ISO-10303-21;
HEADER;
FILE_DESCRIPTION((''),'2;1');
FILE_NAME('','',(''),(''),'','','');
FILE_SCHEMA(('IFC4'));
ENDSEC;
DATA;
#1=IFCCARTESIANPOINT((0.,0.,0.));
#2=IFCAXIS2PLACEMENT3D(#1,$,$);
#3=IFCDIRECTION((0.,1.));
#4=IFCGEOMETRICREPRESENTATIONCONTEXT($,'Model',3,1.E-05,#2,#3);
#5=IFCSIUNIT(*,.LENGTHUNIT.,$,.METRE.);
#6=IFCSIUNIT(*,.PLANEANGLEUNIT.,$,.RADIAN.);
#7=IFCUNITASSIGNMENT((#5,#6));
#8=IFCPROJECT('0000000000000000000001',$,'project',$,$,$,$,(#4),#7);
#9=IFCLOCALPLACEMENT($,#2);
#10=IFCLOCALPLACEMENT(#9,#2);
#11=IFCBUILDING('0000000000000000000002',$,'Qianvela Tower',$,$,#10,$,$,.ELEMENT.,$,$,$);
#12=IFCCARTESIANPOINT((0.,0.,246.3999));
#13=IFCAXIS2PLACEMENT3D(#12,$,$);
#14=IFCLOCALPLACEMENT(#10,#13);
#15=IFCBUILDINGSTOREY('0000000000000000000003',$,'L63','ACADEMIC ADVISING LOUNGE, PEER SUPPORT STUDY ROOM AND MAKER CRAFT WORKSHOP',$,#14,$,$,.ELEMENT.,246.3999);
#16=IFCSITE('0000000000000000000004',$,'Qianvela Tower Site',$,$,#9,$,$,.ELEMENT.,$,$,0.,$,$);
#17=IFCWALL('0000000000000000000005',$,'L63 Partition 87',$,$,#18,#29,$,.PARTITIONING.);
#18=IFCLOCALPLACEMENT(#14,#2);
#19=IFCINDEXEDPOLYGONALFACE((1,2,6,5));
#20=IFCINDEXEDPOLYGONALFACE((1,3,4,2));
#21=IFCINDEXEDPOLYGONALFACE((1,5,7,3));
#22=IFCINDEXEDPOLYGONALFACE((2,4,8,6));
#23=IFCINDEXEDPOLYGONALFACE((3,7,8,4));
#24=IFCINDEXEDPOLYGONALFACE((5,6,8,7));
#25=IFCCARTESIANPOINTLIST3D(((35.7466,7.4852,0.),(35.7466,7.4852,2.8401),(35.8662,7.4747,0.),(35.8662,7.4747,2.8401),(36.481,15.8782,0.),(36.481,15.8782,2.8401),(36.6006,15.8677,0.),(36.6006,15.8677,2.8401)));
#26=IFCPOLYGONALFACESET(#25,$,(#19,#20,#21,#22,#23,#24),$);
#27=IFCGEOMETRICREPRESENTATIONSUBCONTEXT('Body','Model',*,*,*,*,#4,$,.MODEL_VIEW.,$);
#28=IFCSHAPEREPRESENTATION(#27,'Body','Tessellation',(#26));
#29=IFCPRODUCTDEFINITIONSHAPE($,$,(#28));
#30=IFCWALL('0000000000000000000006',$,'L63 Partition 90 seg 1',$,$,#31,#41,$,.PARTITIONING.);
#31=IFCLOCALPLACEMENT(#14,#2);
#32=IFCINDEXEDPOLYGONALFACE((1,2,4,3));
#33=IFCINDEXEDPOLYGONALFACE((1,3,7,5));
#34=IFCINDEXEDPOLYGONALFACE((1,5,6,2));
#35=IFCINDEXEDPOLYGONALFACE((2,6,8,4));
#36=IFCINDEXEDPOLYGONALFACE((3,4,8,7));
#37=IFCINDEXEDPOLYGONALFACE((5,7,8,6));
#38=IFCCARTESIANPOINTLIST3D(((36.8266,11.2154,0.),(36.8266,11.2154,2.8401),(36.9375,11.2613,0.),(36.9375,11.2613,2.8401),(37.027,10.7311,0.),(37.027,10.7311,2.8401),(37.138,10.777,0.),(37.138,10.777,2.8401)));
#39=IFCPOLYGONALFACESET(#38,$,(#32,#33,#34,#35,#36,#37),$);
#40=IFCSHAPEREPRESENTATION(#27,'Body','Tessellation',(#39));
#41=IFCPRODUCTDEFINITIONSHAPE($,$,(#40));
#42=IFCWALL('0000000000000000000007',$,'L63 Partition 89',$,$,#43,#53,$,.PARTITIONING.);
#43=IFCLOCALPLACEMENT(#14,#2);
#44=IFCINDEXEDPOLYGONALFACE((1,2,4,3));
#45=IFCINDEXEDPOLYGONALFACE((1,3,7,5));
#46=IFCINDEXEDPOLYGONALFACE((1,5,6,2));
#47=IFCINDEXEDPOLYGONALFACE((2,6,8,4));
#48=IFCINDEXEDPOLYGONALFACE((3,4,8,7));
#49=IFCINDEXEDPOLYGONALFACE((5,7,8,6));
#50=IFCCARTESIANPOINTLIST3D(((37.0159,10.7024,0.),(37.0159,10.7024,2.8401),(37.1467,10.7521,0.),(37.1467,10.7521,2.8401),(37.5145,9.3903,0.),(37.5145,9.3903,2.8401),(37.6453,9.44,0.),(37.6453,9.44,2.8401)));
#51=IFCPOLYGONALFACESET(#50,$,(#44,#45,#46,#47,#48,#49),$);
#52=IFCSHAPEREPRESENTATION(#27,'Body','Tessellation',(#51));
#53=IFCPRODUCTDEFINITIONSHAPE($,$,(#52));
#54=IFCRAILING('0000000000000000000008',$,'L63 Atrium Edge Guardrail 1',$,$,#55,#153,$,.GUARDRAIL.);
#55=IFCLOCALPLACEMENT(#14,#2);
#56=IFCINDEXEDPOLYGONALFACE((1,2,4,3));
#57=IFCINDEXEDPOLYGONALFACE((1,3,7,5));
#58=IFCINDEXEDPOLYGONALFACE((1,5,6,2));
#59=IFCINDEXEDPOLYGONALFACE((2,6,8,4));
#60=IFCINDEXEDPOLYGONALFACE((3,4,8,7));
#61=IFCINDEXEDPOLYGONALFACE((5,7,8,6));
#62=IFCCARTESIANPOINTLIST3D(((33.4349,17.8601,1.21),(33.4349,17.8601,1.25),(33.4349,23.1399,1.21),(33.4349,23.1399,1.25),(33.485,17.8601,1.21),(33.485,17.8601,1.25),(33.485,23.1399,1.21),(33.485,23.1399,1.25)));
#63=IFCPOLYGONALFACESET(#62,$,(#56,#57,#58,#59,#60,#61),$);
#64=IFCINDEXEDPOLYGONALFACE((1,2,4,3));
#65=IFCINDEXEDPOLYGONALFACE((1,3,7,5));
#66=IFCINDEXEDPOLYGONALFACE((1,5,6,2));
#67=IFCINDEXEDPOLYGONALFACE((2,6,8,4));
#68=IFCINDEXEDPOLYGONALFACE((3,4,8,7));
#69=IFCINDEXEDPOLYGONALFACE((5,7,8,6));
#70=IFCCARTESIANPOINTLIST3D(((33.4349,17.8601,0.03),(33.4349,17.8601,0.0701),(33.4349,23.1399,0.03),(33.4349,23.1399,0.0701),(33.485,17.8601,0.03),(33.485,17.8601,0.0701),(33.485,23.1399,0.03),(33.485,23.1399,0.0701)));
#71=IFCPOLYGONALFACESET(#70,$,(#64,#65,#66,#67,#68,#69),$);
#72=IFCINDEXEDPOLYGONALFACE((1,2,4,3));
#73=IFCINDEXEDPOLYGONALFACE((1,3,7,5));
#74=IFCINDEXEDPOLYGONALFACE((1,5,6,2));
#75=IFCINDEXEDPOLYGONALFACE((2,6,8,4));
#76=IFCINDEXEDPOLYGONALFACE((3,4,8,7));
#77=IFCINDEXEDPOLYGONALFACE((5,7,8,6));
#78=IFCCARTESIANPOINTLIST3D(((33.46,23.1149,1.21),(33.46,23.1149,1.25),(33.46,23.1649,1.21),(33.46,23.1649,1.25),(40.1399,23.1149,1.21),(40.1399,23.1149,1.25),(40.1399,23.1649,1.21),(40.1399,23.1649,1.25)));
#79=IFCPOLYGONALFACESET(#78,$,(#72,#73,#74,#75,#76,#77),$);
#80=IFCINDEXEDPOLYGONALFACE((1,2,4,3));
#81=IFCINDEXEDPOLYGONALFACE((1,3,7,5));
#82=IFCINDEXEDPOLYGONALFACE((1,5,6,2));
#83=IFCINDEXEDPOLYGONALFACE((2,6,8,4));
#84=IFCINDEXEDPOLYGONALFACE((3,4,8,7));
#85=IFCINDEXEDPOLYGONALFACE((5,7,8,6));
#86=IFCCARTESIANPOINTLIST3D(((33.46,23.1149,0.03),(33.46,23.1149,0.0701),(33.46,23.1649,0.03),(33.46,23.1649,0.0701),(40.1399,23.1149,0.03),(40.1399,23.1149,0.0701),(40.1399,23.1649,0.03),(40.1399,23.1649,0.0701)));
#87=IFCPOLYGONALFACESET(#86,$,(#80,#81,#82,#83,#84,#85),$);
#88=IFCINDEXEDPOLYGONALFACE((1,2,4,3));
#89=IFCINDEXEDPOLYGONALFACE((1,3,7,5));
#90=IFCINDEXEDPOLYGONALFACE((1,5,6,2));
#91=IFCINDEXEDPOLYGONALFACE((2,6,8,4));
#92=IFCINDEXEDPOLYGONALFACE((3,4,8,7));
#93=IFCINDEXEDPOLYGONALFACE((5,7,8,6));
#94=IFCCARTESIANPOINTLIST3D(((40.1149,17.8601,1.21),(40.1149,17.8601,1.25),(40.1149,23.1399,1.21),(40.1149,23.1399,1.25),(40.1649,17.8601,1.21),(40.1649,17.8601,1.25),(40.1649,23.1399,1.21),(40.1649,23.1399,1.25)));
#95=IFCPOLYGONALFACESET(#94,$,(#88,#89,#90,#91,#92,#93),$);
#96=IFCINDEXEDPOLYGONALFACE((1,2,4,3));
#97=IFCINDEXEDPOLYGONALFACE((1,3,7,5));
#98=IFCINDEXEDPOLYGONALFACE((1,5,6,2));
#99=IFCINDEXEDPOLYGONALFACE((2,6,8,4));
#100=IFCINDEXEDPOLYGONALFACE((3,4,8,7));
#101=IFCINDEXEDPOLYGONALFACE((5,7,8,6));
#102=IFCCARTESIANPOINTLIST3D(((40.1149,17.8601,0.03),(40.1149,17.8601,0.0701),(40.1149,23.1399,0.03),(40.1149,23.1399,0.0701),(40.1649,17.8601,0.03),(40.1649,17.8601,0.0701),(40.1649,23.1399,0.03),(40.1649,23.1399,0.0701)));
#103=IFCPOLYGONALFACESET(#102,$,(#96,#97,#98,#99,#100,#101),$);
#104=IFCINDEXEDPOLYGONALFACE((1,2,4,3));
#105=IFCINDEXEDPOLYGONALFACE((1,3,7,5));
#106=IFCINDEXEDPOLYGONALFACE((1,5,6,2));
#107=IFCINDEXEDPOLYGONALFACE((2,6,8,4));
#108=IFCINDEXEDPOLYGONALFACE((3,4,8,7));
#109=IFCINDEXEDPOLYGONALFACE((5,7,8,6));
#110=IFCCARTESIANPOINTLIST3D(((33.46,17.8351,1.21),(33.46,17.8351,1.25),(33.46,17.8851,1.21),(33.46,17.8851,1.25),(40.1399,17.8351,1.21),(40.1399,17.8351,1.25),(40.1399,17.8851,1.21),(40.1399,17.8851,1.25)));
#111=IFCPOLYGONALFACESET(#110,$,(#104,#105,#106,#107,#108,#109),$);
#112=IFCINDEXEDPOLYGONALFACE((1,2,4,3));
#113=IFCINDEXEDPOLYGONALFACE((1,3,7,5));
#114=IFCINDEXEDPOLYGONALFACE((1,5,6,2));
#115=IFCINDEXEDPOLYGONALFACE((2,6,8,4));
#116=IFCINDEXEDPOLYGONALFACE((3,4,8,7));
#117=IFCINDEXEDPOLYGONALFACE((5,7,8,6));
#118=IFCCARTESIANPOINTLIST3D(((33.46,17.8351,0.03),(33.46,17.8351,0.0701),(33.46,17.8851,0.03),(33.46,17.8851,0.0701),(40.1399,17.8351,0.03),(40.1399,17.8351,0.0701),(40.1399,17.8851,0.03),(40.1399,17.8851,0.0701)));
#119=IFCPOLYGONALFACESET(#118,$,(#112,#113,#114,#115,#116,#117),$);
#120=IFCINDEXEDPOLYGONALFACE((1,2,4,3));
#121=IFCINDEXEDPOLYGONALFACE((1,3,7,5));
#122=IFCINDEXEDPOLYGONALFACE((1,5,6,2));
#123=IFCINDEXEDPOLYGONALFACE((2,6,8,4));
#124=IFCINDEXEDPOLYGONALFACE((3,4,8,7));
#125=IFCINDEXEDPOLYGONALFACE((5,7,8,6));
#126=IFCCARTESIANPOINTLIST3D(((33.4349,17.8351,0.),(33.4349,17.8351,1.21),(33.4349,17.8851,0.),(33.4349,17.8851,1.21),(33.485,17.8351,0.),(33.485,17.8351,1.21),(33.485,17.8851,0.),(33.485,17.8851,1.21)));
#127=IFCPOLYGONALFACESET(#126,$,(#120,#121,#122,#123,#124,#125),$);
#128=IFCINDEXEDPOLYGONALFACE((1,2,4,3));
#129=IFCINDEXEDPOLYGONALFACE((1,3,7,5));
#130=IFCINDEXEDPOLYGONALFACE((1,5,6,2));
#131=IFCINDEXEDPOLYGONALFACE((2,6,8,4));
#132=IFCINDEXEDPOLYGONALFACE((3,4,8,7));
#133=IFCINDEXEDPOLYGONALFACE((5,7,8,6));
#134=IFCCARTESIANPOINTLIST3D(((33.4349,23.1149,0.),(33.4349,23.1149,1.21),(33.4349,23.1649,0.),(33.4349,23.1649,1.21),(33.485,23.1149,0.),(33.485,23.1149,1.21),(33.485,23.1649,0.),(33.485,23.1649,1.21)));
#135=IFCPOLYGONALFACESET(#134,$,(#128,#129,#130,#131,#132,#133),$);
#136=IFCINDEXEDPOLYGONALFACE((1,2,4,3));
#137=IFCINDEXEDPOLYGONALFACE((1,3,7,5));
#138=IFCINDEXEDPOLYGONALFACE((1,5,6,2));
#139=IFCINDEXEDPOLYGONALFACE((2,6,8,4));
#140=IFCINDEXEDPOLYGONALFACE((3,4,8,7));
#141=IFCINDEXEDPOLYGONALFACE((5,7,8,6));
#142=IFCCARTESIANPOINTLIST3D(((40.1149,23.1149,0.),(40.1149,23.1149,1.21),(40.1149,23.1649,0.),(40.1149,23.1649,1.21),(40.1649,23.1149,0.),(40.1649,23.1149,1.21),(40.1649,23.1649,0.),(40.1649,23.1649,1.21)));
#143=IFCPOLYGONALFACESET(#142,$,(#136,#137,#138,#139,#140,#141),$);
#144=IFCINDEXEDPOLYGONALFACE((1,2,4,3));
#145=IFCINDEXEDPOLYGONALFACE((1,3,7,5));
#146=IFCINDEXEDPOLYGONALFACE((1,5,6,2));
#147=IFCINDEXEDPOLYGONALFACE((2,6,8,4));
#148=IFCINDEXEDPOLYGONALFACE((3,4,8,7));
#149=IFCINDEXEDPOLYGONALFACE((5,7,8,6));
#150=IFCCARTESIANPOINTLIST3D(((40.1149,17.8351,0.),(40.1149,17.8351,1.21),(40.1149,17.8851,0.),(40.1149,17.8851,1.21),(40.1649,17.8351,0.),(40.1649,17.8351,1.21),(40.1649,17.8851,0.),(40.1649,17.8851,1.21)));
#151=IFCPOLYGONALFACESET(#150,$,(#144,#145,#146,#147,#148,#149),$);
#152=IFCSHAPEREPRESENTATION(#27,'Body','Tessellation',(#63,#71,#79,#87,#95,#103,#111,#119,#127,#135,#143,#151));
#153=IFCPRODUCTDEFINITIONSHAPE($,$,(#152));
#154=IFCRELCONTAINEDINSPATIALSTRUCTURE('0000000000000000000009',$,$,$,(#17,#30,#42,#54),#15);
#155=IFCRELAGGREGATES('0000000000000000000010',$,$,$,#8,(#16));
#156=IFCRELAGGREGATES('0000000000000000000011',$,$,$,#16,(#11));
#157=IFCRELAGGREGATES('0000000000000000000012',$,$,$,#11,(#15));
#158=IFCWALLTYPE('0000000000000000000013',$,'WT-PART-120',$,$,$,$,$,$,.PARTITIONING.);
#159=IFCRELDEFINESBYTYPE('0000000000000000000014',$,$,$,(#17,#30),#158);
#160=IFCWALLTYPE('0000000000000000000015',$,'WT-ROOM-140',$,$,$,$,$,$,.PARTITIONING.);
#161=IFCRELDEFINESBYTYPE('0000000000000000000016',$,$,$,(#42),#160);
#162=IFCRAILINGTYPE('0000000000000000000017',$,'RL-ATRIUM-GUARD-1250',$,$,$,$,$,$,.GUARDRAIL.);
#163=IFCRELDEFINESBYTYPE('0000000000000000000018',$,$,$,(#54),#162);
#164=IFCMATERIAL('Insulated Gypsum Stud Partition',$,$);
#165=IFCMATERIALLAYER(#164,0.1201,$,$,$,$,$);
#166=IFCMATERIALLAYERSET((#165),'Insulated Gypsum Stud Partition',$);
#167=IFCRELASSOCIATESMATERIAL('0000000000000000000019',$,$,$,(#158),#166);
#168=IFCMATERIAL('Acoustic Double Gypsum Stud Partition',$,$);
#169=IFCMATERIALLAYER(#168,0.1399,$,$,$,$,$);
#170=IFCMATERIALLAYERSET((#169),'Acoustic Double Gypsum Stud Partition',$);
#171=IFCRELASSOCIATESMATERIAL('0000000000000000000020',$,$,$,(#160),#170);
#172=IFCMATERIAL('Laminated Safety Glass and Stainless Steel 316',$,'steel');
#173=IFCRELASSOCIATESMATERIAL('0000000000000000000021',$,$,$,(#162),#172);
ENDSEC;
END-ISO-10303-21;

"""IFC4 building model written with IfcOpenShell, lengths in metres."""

from ifc_helpers import new_model, si_unit, direction, frame, frame_2d, origin, origin_2d, place, context, subcontext, project, spatial, rectangle, extrude, material, layer, layer_set, type_object, element, save


model = new_model("IFC4")

# Units and contexts
model_context = context("Model", 3, precision=1e-05, world=origin(), true_north=direction((0.0, 1.0)))
body_context = subcontext(model_context, "Body", "Model", "MODEL_VIEW")
ifc_project = project(units=[si_unit("LENGTHUNIT", "METRE"), si_unit("PLANEANGLEUNIT", "RADIAN")], contexts=[model_context])

# Site, building, storey
site_placement = place(None, origin())
site = spatial("IfcSite", under=ifc_project, at=site_placement, Name="Qianvela Tower Site", CompositionType="ELEMENT", RefElevation=0.0)
building_placement = place(site_placement, origin())
building = spatial("IfcBuilding", under=site, at=building_placement, Name="Qianvela Tower", CompositionType="ELEMENT")
storey_placement = place(building_placement, frame((0.0, 0.0, 246.3999)))
storey = spatial("IfcBuildingStorey", under=building, at=storey_placement, Name="L63", Description="ACADEMIC ADVISING LOUNGE, PEER SUPPORT STUDY ROOM AND MAKER CRAFT WORKSHOP", CompositionType="ELEMENT", Elevation=246.3999)

# Walls
ifc_material_1 = material(Name="Insulated Gypsum Stud Partition")
ifc_layer_1 = layer(ifc_material_1, 0.1201)
ifc_layer_set_1 = layer_set([ifc_layer_1], Name="Insulated Gypsum Stud Partition")
wall_type_1 = type_object("IfcWallType", Name="WT-PART-120", PredefinedType="PARTITIONING", material=ifc_layer_set_1)
wall_1_placement = place(storey_placement, frame((36.5408, 15.8728, 0.0), z_axis=(0.0, 0.0, 1.0), x_axis=(-0.087165, -0.996194, 0.0)))
element("IfcWall", 1, at=wall_1_placement, inside=storey, type_object=wall_type_1, Name="L63 Partition 87", PredefinedType="PARTITIONING", context=body_context, shape_type="SweptSolid", body=[
    extrude(rectangle(XDim=8.425, YDim=0.1201, at=frame_2d((4.2124, 0.0))), origin(), (0.0, 0.0, 1.0), 2.8401),
])
wall_2_placement = place(storey_placement, frame((37.0825, 10.7539, 0.0), z_axis=(0.0, 0.0, 1.0), x_axis=(-0.382366, 0.924011, 0.0)))
element("IfcWall", 2, at=wall_2_placement, inside=storey, type_object=wall_type_1, Name="L63 Partition 90 seg 1", PredefinedType="PARTITIONING", context=body_context, shape_type="SweptSolid", body=[
    extrude(rectangle(XDim=0.5242, YDim=0.1201, at=frame_2d((0.2622, 0.0))), origin(), (0.0, 0.0, 1.0), 2.8401),
])
ifc_material_2 = material(Name="Acoustic Double Gypsum Stud Partition")
ifc_layer_2 = layer(ifc_material_2, 0.1399)
ifc_layer_set_2 = layer_set([ifc_layer_2], Name="Acoustic Double Gypsum Stud Partition")
wall_type_2 = type_object("IfcWallType", Name="WT-ROOM-140", PredefinedType="PARTITIONING", material=ifc_layer_set_2)
wall_3_placement = place(storey_placement, frame((37.5798, 9.4153, 0.0), z_axis=(0.0, 0.0, 1.0), x_axis=(-0.3552, 0.934791, 0.0)))
element("IfcWall", 3, at=wall_3_placement, inside=storey, type_object=wall_type_2, Name="L63 Partition 89", PredefinedType="PARTITIONING", context=body_context, shape_type="SweptSolid", body=[
    extrude(rectangle(XDim=1.4036, YDim=0.1399, at=frame_2d((0.7017, 0.0))), origin(), (0.0, 0.0, 1.0), 2.8401),
])

# Railing
ifc_material_3 = material(Name="Laminated Safety Glass and Stainless Steel 316", Category="steel")
railing_type = type_object("IfcRailingType", Name="RL-ATRIUM-GUARD-1250", PredefinedType="GUARDRAIL", material=ifc_material_3)
railing_placement = place(storey_placement, frame((33.46, 17.8601, 0.0)))
element("IfcRailing", 4, at=railing_placement, inside=storey, type_object=railing_type, Name="L63 Atrium Edge Guardrail 1", PredefinedType="GUARDRAIL", context=body_context, shape_type="SweptSolid", body=[
    extrude(rectangle(XDim=0.05, YDim=0.04, at=origin_2d()), frame((0.0, 0.0, 1.23), z_axis=(0.0, 1.0, 0.0), x_axis=(-1.0, 0.0, 0.0)), (0.0, 0.0, 1.0), 5.2798),
    extrude(rectangle(XDim=0.05, YDim=0.04, at=origin_2d()), frame((0.0, 0.0, 0.05), z_axis=(0.0, 1.0, 0.0), x_axis=(-1.0, 0.0, 0.0)), (0.0, 0.0, 1.0), 5.2798),
    extrude(rectangle(XDim=0.05, YDim=0.04, at=origin_2d()), frame((0.0, 5.2798, 1.23), z_axis=(1.0, 0.0, 0.0), x_axis=(0.0, 1.0, 0.0)), (0.0, 0.0, 1.0), 6.6799),
    extrude(rectangle(XDim=0.05, YDim=0.04, at=origin_2d()), frame((0.0, 5.2798, 0.05), z_axis=(1.0, 0.0, 0.0), x_axis=(0.0, 1.0, 0.0)), (0.0, 0.0, 1.0), 6.6799),
    extrude(rectangle(XDim=0.05, YDim=0.04, at=origin_2d()), frame((6.6799, 5.2798, 1.23), z_axis=(0.0, -1.0, 0.0), x_axis=(1.0, 0.0, 0.0)), (0.0, 0.0, 1.0), 5.2798),
    extrude(rectangle(XDim=0.05, YDim=0.04, at=origin_2d()), frame((6.6799, 5.2798, 0.05), z_axis=(0.0, -1.0, 0.0), x_axis=(1.0, 0.0, 0.0)), (0.0, 0.0, 1.0), 5.2798),
    extrude(rectangle(XDim=0.05, YDim=0.04, at=origin_2d()), frame((6.6799, 0.0, 1.23), z_axis=(-1.0, 0.0, 0.0), x_axis=(0.0, -1.0, 0.0)), (0.0, 0.0, 1.0), 6.6799),
    extrude(rectangle(XDim=0.05, YDim=0.04, at=origin_2d()), frame((6.6799, 0.0, 0.05), z_axis=(-1.0, 0.0, 0.0), x_axis=(0.0, -1.0, 0.0)), (0.0, 0.0, 1.0), 6.6799),
    extrude(rectangle(XDim=0.05, YDim=0.05, at=origin_2d()), origin(), (0.0, 0.0, 1.0), 1.21),
    extrude(rectangle(XDim=0.05, YDim=0.05, at=origin_2d()), frame((0.0, 5.2798, 0.0)), (0.0, 0.0, 1.0), 1.21),
    extrude(rectangle(XDim=0.05, YDim=0.05, at=origin_2d()), frame((6.6799, 5.2798, 0.0)), (0.0, 0.0, 1.0), 1.21),
    extrude(rectangle(XDim=0.05, YDim=0.05, at=origin_2d()), frame((6.6799, 0.0, 0.0)), (0.0, 0.0, 1.0), 1.21),
])

save(model, "model.ifc")
